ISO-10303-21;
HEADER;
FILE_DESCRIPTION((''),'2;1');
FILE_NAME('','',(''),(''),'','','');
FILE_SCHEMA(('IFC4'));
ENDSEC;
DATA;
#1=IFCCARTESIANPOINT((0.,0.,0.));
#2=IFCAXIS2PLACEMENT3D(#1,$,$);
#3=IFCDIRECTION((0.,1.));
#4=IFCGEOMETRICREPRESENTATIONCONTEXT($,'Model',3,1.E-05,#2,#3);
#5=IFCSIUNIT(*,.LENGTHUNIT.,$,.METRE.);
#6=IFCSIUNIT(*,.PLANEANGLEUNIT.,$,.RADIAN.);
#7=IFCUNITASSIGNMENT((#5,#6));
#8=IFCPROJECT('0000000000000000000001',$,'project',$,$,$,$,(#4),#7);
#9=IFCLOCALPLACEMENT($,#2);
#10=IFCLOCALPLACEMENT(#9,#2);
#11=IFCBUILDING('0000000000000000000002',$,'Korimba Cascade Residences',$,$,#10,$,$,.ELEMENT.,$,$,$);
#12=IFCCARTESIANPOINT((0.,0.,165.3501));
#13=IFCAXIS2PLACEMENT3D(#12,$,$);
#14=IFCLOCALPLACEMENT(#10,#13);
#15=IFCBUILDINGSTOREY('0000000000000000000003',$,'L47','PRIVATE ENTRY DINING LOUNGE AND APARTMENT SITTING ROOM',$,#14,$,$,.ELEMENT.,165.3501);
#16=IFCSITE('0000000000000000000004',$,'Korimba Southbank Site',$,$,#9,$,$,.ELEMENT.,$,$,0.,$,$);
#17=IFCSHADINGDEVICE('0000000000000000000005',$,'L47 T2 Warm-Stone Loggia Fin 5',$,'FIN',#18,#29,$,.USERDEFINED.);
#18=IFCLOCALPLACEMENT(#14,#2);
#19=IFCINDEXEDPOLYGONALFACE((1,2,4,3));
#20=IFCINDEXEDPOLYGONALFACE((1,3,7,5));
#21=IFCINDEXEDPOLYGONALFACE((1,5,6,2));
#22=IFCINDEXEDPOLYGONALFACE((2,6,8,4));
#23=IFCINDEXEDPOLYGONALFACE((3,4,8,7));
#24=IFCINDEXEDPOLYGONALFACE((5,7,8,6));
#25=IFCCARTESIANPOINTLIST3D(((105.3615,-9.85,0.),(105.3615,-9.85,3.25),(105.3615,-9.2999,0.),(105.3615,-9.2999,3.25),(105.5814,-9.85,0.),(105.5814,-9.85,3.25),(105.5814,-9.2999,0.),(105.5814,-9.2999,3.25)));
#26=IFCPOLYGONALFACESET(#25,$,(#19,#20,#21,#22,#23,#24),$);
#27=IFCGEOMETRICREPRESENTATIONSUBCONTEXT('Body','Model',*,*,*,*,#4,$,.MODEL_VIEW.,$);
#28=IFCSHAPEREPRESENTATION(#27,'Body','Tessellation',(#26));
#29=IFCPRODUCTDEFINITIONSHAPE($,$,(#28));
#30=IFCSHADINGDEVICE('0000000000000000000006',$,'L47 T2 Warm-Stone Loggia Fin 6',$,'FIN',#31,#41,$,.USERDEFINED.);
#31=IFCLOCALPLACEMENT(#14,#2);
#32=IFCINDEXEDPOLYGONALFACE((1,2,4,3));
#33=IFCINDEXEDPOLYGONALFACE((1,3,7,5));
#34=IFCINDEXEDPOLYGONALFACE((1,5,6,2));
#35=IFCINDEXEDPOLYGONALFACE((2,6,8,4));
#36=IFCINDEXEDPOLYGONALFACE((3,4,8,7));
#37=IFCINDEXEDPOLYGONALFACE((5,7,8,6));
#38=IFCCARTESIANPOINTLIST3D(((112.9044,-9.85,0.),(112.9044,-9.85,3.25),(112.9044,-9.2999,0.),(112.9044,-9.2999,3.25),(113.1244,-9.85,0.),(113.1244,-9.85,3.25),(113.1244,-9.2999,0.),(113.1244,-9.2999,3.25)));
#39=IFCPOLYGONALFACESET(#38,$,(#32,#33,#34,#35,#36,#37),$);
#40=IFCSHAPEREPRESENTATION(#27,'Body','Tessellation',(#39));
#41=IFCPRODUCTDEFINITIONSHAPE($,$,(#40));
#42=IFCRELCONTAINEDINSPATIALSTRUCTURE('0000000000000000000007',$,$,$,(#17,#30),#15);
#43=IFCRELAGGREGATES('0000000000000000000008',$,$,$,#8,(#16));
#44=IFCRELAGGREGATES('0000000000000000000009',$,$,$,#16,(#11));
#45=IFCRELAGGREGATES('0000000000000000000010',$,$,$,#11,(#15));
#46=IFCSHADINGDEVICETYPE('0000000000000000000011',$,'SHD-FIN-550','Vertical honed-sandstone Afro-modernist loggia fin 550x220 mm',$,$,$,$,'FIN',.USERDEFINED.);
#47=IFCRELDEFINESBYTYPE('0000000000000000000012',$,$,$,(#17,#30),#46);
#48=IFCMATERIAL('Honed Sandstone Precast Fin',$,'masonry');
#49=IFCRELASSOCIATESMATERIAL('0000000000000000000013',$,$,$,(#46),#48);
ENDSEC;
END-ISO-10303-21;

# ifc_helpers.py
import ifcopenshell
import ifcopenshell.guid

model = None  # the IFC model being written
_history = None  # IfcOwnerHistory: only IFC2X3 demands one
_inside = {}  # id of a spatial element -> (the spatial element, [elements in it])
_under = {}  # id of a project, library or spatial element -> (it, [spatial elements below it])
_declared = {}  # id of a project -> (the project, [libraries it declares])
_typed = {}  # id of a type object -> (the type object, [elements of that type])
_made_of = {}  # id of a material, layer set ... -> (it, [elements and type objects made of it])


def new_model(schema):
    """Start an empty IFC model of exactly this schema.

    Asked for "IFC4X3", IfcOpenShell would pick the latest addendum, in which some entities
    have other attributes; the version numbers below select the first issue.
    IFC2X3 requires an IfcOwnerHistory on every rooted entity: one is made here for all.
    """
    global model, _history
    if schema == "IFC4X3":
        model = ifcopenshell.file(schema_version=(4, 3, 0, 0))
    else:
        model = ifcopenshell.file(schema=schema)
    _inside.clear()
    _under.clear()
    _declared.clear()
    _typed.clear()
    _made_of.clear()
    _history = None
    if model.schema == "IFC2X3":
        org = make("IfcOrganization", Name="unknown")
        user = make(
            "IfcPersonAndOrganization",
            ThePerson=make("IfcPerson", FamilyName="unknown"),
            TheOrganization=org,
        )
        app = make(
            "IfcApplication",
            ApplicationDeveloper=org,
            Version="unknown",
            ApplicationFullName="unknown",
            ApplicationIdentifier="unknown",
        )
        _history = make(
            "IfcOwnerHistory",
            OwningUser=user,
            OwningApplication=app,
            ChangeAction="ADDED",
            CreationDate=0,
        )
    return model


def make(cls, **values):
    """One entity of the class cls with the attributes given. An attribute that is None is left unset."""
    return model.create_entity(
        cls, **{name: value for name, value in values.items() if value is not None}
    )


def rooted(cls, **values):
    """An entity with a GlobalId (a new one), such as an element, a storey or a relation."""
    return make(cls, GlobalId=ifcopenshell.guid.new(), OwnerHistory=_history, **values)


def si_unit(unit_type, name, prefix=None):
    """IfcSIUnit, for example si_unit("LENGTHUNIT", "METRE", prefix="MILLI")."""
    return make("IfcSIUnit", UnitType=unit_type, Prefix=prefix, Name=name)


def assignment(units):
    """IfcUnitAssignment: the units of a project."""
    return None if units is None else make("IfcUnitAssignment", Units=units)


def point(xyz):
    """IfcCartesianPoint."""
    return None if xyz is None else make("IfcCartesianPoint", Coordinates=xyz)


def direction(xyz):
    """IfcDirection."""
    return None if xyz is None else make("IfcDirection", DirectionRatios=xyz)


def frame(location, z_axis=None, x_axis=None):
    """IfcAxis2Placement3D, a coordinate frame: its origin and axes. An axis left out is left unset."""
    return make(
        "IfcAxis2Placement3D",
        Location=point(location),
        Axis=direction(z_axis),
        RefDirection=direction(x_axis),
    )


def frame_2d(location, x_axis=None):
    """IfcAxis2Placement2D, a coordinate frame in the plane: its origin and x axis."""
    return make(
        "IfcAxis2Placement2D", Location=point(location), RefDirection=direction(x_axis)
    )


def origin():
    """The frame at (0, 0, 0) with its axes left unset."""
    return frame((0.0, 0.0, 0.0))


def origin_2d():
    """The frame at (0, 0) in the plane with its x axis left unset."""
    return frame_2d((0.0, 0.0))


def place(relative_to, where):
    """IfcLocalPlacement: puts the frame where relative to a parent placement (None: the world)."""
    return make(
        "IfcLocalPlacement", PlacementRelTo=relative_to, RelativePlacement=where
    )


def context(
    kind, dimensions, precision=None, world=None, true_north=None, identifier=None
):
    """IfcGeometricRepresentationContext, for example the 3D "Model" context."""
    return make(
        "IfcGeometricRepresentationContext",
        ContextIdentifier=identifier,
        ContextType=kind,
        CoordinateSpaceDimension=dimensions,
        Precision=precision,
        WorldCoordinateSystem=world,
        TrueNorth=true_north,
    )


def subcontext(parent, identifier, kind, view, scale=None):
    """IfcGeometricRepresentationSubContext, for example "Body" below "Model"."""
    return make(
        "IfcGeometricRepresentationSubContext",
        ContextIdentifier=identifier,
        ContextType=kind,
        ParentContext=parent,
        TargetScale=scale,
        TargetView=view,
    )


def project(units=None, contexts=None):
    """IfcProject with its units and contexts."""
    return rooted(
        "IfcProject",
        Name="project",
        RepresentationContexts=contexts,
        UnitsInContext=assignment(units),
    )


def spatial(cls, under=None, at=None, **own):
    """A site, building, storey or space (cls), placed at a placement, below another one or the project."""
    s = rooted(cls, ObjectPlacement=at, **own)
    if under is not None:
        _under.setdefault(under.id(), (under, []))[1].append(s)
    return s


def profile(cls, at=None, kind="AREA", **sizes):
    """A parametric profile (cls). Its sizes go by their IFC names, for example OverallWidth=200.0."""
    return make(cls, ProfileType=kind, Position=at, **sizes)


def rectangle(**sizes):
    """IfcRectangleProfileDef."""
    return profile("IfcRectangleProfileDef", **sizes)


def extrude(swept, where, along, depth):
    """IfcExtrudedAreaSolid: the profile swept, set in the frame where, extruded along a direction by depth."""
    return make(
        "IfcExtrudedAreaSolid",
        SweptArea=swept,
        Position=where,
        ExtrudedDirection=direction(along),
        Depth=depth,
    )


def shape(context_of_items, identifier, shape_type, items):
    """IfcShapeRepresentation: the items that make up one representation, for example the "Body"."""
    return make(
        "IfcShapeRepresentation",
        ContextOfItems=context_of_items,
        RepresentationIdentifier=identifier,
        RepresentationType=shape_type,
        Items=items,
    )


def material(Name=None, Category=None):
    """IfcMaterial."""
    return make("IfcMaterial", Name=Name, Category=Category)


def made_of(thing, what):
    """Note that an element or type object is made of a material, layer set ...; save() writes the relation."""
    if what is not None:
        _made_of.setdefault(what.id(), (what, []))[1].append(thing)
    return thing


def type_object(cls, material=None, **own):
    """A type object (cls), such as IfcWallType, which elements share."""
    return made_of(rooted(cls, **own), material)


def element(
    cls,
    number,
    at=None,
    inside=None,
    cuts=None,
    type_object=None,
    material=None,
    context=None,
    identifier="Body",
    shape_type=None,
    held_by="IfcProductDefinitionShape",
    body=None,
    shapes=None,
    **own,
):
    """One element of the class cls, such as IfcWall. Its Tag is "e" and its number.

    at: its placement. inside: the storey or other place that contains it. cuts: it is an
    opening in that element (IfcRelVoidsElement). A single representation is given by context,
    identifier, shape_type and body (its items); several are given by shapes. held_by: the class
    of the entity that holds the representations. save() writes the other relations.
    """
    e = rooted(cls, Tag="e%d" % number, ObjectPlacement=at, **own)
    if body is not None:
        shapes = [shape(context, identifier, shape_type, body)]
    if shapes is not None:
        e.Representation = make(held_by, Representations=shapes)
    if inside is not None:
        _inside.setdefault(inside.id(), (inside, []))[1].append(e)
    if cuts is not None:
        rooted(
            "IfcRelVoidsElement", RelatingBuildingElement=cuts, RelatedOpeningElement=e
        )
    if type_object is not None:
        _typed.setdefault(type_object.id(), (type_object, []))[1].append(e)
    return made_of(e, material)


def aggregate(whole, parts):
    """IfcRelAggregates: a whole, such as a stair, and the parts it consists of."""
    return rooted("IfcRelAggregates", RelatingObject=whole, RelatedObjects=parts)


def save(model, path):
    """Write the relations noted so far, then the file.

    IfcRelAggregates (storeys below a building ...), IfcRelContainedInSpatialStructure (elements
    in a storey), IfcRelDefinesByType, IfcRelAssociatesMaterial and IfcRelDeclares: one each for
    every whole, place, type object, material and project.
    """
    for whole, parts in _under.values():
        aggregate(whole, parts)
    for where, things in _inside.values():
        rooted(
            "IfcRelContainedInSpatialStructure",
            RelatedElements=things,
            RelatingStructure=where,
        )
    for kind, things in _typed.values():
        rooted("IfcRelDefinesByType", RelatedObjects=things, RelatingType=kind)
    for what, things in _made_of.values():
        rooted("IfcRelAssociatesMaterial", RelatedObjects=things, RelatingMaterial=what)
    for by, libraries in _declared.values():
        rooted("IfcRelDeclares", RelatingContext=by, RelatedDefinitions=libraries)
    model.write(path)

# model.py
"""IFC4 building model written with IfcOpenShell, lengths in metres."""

from ifc_helpers import new_model, si_unit, direction, frame, origin, origin_2d, place, context, subcontext, project, spatial, rectangle, extrude, material, type_object, element, save


model = new_model("IFC4")

# Units and contexts
model_context = context("Model", 3, precision=1e-05, world=origin(), true_north=direction((0.0, 1.0)))
body_context = subcontext(model_context, "Body", "Model", "MODEL_VIEW")
ifc_project = project(units=[si_unit("LENGTHUNIT", "METRE"), si_unit("PLANEANGLEUNIT", "RADIAN")], contexts=[model_context])

# Site, building, storey
site_placement = place(None, origin())
site = spatial("IfcSite", under=ifc_project, at=site_placement, Name="Korimba Southbank Site", CompositionType="ELEMENT", RefElevation=0.0)
building_placement = place(site_placement, origin())
building = spatial("IfcBuilding", under=site, at=building_placement, Name="Korimba Cascade Residences", CompositionType="ELEMENT")
storey_placement = place(building_placement, frame((0.0, 0.0, 165.3501)))
storey = spatial("IfcBuildingStorey", under=building, at=storey_placement, Name="L47", Description="PRIVATE ENTRY DINING LOUNGE AND APARTMENT SITTING ROOM", CompositionType="ELEMENT", Elevation=165.3501)

# Shading devices
ifc_material_1 = material(Name="Honed Sandstone Precast Fin", Category="masonry")
shading_device_type = type_object("IfcShadingDeviceType", Name="SHD-FIN-550", Description="Vertical honed-sandstone Afro-modernist loggia fin 550x220 mm", ElementType="FIN", PredefinedType="USERDEFINED", material=ifc_material_1)
for number, where, z_axis, x_axis, name in (
    (1, (105.4714, -9.575, 0.0), (0.0, 0.0, 1.0), (1.0, 0.0, 0.0), "L47 T2 Warm-Stone Loggia Fin 5"),
    (2, (113.0144, -9.575, 0.0), (0.0, 0.0, 1.0), (1.0, 0.0, 0.0), "L47 T2 Warm-Stone Loggia Fin 6"),
):
    element("IfcShadingDevice", number, at=place(storey_placement, frame(where, z_axis=z_axis, x_axis=x_axis)), inside=storey, type_object=shading_device_type, Name=name, ObjectType="FIN", PredefinedType="USERDEFINED", context=body_context, shape_type="SweptSolid", body=[
        extrude(rectangle(XDim=0.22, YDim=0.55, at=origin_2d()), origin(), (0.0, 0.0, 1.0), 3.25),
    ])

save(model, "model.ifc")
